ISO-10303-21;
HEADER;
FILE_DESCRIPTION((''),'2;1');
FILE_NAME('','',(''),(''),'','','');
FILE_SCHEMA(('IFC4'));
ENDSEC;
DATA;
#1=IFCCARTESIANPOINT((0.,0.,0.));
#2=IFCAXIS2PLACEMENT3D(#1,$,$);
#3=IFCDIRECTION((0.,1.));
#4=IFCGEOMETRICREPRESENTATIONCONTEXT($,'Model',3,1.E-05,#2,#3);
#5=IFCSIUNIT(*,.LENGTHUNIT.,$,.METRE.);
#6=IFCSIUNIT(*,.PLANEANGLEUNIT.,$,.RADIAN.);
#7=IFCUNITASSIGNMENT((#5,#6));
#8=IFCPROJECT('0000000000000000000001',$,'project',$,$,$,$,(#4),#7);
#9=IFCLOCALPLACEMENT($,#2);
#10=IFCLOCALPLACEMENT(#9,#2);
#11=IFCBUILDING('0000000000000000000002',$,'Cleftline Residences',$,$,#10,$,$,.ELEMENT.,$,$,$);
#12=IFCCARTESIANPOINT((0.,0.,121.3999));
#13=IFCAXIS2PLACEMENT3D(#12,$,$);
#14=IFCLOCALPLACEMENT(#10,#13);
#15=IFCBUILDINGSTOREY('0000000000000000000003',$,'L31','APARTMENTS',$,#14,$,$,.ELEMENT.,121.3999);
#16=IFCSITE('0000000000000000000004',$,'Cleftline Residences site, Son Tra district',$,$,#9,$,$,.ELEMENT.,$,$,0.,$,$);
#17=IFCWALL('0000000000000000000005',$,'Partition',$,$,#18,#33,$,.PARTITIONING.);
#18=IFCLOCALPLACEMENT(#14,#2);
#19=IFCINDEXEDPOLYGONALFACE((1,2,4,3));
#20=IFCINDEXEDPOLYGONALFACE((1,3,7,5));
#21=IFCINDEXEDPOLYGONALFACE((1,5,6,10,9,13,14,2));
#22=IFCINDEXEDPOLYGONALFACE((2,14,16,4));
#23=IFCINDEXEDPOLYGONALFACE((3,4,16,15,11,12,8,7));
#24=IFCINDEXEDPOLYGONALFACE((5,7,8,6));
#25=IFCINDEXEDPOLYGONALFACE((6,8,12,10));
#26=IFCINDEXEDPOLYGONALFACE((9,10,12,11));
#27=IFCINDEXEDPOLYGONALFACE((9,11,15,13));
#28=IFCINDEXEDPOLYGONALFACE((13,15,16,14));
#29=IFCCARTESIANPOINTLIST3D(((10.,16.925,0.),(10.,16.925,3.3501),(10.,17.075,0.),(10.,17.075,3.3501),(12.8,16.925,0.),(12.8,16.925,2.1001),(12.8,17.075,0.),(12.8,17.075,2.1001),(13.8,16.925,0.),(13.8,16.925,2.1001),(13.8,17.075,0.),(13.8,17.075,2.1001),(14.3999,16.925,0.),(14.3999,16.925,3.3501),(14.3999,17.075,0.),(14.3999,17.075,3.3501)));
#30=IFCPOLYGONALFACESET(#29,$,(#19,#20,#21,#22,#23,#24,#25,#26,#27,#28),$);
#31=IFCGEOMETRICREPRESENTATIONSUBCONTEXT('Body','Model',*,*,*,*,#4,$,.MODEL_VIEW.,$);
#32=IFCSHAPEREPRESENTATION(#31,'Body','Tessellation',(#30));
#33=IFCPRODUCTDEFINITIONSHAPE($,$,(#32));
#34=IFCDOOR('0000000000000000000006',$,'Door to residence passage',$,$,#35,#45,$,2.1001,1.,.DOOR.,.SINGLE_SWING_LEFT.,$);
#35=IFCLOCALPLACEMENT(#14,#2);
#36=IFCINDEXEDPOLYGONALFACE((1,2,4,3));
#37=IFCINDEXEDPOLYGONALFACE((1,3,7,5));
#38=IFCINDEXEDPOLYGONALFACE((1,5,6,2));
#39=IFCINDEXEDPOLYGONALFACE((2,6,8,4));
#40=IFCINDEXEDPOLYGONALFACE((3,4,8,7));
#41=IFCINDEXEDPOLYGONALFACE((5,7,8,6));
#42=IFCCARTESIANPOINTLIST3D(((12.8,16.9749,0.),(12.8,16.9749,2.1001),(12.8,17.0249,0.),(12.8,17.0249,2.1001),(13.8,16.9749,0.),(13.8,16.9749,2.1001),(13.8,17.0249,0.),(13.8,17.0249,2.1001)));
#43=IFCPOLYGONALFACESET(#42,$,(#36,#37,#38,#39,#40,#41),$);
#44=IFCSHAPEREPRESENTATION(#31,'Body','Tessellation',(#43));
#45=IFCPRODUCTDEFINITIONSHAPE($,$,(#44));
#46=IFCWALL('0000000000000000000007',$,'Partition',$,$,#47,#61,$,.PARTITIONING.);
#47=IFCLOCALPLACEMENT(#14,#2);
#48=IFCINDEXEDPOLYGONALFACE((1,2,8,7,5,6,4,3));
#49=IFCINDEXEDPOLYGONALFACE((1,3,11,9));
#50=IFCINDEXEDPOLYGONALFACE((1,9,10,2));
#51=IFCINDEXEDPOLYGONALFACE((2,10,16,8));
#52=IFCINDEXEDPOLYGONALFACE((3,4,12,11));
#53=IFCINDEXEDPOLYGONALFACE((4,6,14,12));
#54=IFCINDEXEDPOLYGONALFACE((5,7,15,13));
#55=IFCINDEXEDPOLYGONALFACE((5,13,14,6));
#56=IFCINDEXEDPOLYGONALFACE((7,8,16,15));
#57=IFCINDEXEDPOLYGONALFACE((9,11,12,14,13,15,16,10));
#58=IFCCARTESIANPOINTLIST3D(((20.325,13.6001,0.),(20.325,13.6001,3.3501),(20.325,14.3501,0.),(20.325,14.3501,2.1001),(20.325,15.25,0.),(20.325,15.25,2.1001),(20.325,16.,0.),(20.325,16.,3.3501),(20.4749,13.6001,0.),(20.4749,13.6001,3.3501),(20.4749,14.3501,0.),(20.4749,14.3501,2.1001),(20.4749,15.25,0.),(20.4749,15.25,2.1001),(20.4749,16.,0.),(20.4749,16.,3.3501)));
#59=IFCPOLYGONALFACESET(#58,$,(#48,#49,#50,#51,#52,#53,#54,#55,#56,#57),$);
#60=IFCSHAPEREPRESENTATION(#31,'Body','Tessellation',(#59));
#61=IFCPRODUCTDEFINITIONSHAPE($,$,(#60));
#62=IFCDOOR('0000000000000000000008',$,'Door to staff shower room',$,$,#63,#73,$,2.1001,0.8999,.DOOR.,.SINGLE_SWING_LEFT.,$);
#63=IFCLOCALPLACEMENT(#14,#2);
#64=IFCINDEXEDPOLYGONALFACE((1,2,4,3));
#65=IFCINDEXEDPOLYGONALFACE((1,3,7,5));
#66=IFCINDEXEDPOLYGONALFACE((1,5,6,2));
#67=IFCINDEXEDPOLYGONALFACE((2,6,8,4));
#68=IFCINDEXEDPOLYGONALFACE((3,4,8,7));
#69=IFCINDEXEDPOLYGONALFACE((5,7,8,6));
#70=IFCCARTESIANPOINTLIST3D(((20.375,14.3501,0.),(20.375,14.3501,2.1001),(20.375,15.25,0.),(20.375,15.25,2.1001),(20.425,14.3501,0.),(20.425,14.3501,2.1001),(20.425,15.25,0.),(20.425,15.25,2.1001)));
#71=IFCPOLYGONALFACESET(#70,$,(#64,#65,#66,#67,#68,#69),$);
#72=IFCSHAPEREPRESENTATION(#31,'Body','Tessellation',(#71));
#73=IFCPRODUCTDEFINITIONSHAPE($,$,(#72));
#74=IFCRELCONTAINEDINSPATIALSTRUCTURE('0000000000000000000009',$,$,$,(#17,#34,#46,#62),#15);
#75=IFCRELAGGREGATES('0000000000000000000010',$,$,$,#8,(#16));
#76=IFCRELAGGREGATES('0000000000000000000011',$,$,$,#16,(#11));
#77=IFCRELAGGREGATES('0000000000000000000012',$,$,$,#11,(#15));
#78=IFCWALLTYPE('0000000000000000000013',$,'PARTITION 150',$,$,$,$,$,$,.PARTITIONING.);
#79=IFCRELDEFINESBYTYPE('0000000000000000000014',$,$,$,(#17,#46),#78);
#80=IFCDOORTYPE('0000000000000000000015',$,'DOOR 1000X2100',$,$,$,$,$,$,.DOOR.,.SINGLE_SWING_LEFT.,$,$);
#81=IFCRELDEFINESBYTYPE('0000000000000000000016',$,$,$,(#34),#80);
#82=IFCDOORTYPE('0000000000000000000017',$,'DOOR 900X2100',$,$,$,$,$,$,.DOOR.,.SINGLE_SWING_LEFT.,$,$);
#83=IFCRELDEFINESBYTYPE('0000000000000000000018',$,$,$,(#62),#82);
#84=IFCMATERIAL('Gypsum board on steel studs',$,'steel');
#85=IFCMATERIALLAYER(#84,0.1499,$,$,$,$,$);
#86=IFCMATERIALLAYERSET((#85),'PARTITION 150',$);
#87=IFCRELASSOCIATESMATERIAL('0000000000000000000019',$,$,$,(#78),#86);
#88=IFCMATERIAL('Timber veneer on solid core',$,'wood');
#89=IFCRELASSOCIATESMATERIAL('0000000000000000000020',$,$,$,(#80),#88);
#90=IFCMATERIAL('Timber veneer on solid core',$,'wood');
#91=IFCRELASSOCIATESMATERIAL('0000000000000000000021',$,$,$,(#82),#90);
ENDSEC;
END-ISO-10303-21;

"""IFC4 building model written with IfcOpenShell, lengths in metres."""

from ifc_helpers import new_model, si_unit, direction, frame, frame_2d, origin, place, context, subcontext, project, spatial, rectangle, extrude, material, layer, layer_set, type_object, element, fill, save


model = new_model("IFC4")

# Units and contexts
model_context = context("Model", 3, precision=1e-05, world=origin(), true_north=direction((0.0, 1.0)))
body_context = subcontext(model_context, "Body", "Model", "MODEL_VIEW")
ifc_project = project(units=[si_unit("LENGTHUNIT", "METRE"), si_unit("PLANEANGLEUNIT", "RADIAN")], contexts=[model_context])

# Site, building, storey
site_placement = place(None, origin())
site = spatial("IfcSite", under=ifc_project, at=site_placement, Name="Cleftline Residences site, Son Tra district", CompositionType="ELEMENT", RefElevation=0.0)
building_placement = place(site_placement, origin())
building = spatial("IfcBuilding", under=site, at=building_placement, Name="Cleftline Residences", CompositionType="ELEMENT")
storey_placement = place(building_placement, frame((0.0, 0.0, 121.3999)))
storey = spatial("IfcBuildingStorey", under=building, at=storey_placement, Name="L31", Description="APARTMENTS", CompositionType="ELEMENT", Elevation=121.3999)

# Shared definitions
ifc_material_1 = material(Name="Gypsum board on steel studs", Category="steel")
ifc_layer_1 = layer(ifc_material_1, 0.1499)
ifc_layer_set_1 = layer_set([ifc_layer_1], Name="PARTITION 150")
wall_type_1 = type_object("IfcWallType", Name="PARTITION 150", PredefinedType="PARTITIONING", material=ifc_layer_set_1)

# Walls, openings, doors
wall_1_placement = place(storey_placement, frame((10.0, 17.0, 0.0), z_axis=(0.0, 0.0, 1.0), x_axis=(1.0, 0.0, 0.0)))
wall_1 = element("IfcWall", 1, at=wall_1_placement, inside=storey, type_object=wall_type_1, Name="Partition", PredefinedType="PARTITIONING", context=body_context, shape_type="SweptSolid", body=[
    extrude(rectangle(XDim=4.3999, YDim=0.1499, at=frame_2d((2.2, 0.0))), origin(), (0.0, 0.0, 1.0), 3.3501),
])
opening_1_placement = place(wall_1_placement, frame((2.8, 0.0, 0.0)))
opening_1 = element("IfcOpeningElement", 2, at=opening_1_placement, cuts=wall_1, PredefinedType="OPENING", context=body_context, shape_type="SweptSolid", body=[
    extrude(rectangle(XDim=1.0, YDim=2.1001, at=frame_2d((0.5, 1.05))), frame((0.0, 0.085, 0.0), z_axis=(0.0, -1.0, 0.0), x_axis=(1.0, 0.0, 0.0)), (0.0, 0.0, 1.0), 0.1699),
])
ifc_material_2 = material(Name="Timber veneer on solid core", Category="wood")
door_type_1 = type_object("IfcDoorType", Name="DOOR 1000X2100", OperationType="SINGLE_SWING_LEFT", PredefinedType="DOOR", material=ifc_material_2)
door_1_placement = place(opening_1_placement, origin())
door_1 = element("IfcDoor", 3, at=door_1_placement, inside=storey, type_object=door_type_1, Name="Door to residence passage", OperationType="SINGLE_SWING_LEFT", OverallHeight=2.1001, OverallWidth=1.0, PredefinedType="DOOR", context=body_context, shape_type="SweptSolid", body=[
    extrude(rectangle(XDim=1.0, YDim=2.1001, at=frame_2d((0.5, 1.05))), frame((0.0, 0.0249, 0.0), z_axis=(0.0, -1.0, 0.0), x_axis=(1.0, 0.0, 0.0)), (0.0, 0.0, 1.0), 0.05),
])
fill(opening_1, door_1)
wall_2_placement = place(storey_placement, frame((20.3999, 13.6001, 0.0), z_axis=(0.0, 0.0, 1.0), x_axis=(0.0, 1.0, 0.0)))
wall_2 = element("IfcWall", 4, at=wall_2_placement, inside=storey, type_object=wall_type_1, Name="Partition", PredefinedType="PARTITIONING", context=body_context, shape_type="SweptSolid", body=[
    extrude(rectangle(XDim=2.3999, YDim=0.1499, at=frame_2d((1.2, 0.0))), origin(), (0.0, 0.0, 1.0), 3.3501),
])
opening_2_placement = place(wall_2_placement, frame((0.75, 0.0, 0.0)))
opening_2 = element("IfcOpeningElement", 5, at=opening_2_placement, cuts=wall_2, PredefinedType="OPENING", context=body_context, shape_type="SweptSolid", body=[
    extrude(rectangle(XDim=0.8999, YDim=2.1001, at=frame_2d((0.45, 1.05))), frame((0.0, 0.085, 0.0), z_axis=(0.0, -1.0, 0.0), x_axis=(1.0, 0.0, 0.0)), (0.0, 0.0, 1.0), 0.1699),
])
ifc_material_3 = material(Name="Timber veneer on solid core", Category="wood")
door_type_2 = type_object("IfcDoorType", Name="DOOR 900X2100", OperationType="SINGLE_SWING_LEFT", PredefinedType="DOOR", material=ifc_material_3)
door_2_placement = place(opening_2_placement, origin())
door_2 = element("IfcDoor", 6, at=door_2_placement, inside=storey, type_object=door_type_2, Name="Door to staff shower room", OperationType="SINGLE_SWING_LEFT", OverallHeight=2.1001, OverallWidth=0.8999, PredefinedType="DOOR", context=body_context, shape_type="SweptSolid", body=[
    extrude(rectangle(XDim=0.8999, YDim=2.1001, at=frame_2d((0.45, 1.05))), frame((0.0, 0.0249, 0.0), z_axis=(0.0, -1.0, 0.0), x_axis=(1.0, 0.0, 0.0)), (0.0, 0.0, 1.0), 0.05),
])
fill(opening_2, door_2)

save(model, "model.ifc")
